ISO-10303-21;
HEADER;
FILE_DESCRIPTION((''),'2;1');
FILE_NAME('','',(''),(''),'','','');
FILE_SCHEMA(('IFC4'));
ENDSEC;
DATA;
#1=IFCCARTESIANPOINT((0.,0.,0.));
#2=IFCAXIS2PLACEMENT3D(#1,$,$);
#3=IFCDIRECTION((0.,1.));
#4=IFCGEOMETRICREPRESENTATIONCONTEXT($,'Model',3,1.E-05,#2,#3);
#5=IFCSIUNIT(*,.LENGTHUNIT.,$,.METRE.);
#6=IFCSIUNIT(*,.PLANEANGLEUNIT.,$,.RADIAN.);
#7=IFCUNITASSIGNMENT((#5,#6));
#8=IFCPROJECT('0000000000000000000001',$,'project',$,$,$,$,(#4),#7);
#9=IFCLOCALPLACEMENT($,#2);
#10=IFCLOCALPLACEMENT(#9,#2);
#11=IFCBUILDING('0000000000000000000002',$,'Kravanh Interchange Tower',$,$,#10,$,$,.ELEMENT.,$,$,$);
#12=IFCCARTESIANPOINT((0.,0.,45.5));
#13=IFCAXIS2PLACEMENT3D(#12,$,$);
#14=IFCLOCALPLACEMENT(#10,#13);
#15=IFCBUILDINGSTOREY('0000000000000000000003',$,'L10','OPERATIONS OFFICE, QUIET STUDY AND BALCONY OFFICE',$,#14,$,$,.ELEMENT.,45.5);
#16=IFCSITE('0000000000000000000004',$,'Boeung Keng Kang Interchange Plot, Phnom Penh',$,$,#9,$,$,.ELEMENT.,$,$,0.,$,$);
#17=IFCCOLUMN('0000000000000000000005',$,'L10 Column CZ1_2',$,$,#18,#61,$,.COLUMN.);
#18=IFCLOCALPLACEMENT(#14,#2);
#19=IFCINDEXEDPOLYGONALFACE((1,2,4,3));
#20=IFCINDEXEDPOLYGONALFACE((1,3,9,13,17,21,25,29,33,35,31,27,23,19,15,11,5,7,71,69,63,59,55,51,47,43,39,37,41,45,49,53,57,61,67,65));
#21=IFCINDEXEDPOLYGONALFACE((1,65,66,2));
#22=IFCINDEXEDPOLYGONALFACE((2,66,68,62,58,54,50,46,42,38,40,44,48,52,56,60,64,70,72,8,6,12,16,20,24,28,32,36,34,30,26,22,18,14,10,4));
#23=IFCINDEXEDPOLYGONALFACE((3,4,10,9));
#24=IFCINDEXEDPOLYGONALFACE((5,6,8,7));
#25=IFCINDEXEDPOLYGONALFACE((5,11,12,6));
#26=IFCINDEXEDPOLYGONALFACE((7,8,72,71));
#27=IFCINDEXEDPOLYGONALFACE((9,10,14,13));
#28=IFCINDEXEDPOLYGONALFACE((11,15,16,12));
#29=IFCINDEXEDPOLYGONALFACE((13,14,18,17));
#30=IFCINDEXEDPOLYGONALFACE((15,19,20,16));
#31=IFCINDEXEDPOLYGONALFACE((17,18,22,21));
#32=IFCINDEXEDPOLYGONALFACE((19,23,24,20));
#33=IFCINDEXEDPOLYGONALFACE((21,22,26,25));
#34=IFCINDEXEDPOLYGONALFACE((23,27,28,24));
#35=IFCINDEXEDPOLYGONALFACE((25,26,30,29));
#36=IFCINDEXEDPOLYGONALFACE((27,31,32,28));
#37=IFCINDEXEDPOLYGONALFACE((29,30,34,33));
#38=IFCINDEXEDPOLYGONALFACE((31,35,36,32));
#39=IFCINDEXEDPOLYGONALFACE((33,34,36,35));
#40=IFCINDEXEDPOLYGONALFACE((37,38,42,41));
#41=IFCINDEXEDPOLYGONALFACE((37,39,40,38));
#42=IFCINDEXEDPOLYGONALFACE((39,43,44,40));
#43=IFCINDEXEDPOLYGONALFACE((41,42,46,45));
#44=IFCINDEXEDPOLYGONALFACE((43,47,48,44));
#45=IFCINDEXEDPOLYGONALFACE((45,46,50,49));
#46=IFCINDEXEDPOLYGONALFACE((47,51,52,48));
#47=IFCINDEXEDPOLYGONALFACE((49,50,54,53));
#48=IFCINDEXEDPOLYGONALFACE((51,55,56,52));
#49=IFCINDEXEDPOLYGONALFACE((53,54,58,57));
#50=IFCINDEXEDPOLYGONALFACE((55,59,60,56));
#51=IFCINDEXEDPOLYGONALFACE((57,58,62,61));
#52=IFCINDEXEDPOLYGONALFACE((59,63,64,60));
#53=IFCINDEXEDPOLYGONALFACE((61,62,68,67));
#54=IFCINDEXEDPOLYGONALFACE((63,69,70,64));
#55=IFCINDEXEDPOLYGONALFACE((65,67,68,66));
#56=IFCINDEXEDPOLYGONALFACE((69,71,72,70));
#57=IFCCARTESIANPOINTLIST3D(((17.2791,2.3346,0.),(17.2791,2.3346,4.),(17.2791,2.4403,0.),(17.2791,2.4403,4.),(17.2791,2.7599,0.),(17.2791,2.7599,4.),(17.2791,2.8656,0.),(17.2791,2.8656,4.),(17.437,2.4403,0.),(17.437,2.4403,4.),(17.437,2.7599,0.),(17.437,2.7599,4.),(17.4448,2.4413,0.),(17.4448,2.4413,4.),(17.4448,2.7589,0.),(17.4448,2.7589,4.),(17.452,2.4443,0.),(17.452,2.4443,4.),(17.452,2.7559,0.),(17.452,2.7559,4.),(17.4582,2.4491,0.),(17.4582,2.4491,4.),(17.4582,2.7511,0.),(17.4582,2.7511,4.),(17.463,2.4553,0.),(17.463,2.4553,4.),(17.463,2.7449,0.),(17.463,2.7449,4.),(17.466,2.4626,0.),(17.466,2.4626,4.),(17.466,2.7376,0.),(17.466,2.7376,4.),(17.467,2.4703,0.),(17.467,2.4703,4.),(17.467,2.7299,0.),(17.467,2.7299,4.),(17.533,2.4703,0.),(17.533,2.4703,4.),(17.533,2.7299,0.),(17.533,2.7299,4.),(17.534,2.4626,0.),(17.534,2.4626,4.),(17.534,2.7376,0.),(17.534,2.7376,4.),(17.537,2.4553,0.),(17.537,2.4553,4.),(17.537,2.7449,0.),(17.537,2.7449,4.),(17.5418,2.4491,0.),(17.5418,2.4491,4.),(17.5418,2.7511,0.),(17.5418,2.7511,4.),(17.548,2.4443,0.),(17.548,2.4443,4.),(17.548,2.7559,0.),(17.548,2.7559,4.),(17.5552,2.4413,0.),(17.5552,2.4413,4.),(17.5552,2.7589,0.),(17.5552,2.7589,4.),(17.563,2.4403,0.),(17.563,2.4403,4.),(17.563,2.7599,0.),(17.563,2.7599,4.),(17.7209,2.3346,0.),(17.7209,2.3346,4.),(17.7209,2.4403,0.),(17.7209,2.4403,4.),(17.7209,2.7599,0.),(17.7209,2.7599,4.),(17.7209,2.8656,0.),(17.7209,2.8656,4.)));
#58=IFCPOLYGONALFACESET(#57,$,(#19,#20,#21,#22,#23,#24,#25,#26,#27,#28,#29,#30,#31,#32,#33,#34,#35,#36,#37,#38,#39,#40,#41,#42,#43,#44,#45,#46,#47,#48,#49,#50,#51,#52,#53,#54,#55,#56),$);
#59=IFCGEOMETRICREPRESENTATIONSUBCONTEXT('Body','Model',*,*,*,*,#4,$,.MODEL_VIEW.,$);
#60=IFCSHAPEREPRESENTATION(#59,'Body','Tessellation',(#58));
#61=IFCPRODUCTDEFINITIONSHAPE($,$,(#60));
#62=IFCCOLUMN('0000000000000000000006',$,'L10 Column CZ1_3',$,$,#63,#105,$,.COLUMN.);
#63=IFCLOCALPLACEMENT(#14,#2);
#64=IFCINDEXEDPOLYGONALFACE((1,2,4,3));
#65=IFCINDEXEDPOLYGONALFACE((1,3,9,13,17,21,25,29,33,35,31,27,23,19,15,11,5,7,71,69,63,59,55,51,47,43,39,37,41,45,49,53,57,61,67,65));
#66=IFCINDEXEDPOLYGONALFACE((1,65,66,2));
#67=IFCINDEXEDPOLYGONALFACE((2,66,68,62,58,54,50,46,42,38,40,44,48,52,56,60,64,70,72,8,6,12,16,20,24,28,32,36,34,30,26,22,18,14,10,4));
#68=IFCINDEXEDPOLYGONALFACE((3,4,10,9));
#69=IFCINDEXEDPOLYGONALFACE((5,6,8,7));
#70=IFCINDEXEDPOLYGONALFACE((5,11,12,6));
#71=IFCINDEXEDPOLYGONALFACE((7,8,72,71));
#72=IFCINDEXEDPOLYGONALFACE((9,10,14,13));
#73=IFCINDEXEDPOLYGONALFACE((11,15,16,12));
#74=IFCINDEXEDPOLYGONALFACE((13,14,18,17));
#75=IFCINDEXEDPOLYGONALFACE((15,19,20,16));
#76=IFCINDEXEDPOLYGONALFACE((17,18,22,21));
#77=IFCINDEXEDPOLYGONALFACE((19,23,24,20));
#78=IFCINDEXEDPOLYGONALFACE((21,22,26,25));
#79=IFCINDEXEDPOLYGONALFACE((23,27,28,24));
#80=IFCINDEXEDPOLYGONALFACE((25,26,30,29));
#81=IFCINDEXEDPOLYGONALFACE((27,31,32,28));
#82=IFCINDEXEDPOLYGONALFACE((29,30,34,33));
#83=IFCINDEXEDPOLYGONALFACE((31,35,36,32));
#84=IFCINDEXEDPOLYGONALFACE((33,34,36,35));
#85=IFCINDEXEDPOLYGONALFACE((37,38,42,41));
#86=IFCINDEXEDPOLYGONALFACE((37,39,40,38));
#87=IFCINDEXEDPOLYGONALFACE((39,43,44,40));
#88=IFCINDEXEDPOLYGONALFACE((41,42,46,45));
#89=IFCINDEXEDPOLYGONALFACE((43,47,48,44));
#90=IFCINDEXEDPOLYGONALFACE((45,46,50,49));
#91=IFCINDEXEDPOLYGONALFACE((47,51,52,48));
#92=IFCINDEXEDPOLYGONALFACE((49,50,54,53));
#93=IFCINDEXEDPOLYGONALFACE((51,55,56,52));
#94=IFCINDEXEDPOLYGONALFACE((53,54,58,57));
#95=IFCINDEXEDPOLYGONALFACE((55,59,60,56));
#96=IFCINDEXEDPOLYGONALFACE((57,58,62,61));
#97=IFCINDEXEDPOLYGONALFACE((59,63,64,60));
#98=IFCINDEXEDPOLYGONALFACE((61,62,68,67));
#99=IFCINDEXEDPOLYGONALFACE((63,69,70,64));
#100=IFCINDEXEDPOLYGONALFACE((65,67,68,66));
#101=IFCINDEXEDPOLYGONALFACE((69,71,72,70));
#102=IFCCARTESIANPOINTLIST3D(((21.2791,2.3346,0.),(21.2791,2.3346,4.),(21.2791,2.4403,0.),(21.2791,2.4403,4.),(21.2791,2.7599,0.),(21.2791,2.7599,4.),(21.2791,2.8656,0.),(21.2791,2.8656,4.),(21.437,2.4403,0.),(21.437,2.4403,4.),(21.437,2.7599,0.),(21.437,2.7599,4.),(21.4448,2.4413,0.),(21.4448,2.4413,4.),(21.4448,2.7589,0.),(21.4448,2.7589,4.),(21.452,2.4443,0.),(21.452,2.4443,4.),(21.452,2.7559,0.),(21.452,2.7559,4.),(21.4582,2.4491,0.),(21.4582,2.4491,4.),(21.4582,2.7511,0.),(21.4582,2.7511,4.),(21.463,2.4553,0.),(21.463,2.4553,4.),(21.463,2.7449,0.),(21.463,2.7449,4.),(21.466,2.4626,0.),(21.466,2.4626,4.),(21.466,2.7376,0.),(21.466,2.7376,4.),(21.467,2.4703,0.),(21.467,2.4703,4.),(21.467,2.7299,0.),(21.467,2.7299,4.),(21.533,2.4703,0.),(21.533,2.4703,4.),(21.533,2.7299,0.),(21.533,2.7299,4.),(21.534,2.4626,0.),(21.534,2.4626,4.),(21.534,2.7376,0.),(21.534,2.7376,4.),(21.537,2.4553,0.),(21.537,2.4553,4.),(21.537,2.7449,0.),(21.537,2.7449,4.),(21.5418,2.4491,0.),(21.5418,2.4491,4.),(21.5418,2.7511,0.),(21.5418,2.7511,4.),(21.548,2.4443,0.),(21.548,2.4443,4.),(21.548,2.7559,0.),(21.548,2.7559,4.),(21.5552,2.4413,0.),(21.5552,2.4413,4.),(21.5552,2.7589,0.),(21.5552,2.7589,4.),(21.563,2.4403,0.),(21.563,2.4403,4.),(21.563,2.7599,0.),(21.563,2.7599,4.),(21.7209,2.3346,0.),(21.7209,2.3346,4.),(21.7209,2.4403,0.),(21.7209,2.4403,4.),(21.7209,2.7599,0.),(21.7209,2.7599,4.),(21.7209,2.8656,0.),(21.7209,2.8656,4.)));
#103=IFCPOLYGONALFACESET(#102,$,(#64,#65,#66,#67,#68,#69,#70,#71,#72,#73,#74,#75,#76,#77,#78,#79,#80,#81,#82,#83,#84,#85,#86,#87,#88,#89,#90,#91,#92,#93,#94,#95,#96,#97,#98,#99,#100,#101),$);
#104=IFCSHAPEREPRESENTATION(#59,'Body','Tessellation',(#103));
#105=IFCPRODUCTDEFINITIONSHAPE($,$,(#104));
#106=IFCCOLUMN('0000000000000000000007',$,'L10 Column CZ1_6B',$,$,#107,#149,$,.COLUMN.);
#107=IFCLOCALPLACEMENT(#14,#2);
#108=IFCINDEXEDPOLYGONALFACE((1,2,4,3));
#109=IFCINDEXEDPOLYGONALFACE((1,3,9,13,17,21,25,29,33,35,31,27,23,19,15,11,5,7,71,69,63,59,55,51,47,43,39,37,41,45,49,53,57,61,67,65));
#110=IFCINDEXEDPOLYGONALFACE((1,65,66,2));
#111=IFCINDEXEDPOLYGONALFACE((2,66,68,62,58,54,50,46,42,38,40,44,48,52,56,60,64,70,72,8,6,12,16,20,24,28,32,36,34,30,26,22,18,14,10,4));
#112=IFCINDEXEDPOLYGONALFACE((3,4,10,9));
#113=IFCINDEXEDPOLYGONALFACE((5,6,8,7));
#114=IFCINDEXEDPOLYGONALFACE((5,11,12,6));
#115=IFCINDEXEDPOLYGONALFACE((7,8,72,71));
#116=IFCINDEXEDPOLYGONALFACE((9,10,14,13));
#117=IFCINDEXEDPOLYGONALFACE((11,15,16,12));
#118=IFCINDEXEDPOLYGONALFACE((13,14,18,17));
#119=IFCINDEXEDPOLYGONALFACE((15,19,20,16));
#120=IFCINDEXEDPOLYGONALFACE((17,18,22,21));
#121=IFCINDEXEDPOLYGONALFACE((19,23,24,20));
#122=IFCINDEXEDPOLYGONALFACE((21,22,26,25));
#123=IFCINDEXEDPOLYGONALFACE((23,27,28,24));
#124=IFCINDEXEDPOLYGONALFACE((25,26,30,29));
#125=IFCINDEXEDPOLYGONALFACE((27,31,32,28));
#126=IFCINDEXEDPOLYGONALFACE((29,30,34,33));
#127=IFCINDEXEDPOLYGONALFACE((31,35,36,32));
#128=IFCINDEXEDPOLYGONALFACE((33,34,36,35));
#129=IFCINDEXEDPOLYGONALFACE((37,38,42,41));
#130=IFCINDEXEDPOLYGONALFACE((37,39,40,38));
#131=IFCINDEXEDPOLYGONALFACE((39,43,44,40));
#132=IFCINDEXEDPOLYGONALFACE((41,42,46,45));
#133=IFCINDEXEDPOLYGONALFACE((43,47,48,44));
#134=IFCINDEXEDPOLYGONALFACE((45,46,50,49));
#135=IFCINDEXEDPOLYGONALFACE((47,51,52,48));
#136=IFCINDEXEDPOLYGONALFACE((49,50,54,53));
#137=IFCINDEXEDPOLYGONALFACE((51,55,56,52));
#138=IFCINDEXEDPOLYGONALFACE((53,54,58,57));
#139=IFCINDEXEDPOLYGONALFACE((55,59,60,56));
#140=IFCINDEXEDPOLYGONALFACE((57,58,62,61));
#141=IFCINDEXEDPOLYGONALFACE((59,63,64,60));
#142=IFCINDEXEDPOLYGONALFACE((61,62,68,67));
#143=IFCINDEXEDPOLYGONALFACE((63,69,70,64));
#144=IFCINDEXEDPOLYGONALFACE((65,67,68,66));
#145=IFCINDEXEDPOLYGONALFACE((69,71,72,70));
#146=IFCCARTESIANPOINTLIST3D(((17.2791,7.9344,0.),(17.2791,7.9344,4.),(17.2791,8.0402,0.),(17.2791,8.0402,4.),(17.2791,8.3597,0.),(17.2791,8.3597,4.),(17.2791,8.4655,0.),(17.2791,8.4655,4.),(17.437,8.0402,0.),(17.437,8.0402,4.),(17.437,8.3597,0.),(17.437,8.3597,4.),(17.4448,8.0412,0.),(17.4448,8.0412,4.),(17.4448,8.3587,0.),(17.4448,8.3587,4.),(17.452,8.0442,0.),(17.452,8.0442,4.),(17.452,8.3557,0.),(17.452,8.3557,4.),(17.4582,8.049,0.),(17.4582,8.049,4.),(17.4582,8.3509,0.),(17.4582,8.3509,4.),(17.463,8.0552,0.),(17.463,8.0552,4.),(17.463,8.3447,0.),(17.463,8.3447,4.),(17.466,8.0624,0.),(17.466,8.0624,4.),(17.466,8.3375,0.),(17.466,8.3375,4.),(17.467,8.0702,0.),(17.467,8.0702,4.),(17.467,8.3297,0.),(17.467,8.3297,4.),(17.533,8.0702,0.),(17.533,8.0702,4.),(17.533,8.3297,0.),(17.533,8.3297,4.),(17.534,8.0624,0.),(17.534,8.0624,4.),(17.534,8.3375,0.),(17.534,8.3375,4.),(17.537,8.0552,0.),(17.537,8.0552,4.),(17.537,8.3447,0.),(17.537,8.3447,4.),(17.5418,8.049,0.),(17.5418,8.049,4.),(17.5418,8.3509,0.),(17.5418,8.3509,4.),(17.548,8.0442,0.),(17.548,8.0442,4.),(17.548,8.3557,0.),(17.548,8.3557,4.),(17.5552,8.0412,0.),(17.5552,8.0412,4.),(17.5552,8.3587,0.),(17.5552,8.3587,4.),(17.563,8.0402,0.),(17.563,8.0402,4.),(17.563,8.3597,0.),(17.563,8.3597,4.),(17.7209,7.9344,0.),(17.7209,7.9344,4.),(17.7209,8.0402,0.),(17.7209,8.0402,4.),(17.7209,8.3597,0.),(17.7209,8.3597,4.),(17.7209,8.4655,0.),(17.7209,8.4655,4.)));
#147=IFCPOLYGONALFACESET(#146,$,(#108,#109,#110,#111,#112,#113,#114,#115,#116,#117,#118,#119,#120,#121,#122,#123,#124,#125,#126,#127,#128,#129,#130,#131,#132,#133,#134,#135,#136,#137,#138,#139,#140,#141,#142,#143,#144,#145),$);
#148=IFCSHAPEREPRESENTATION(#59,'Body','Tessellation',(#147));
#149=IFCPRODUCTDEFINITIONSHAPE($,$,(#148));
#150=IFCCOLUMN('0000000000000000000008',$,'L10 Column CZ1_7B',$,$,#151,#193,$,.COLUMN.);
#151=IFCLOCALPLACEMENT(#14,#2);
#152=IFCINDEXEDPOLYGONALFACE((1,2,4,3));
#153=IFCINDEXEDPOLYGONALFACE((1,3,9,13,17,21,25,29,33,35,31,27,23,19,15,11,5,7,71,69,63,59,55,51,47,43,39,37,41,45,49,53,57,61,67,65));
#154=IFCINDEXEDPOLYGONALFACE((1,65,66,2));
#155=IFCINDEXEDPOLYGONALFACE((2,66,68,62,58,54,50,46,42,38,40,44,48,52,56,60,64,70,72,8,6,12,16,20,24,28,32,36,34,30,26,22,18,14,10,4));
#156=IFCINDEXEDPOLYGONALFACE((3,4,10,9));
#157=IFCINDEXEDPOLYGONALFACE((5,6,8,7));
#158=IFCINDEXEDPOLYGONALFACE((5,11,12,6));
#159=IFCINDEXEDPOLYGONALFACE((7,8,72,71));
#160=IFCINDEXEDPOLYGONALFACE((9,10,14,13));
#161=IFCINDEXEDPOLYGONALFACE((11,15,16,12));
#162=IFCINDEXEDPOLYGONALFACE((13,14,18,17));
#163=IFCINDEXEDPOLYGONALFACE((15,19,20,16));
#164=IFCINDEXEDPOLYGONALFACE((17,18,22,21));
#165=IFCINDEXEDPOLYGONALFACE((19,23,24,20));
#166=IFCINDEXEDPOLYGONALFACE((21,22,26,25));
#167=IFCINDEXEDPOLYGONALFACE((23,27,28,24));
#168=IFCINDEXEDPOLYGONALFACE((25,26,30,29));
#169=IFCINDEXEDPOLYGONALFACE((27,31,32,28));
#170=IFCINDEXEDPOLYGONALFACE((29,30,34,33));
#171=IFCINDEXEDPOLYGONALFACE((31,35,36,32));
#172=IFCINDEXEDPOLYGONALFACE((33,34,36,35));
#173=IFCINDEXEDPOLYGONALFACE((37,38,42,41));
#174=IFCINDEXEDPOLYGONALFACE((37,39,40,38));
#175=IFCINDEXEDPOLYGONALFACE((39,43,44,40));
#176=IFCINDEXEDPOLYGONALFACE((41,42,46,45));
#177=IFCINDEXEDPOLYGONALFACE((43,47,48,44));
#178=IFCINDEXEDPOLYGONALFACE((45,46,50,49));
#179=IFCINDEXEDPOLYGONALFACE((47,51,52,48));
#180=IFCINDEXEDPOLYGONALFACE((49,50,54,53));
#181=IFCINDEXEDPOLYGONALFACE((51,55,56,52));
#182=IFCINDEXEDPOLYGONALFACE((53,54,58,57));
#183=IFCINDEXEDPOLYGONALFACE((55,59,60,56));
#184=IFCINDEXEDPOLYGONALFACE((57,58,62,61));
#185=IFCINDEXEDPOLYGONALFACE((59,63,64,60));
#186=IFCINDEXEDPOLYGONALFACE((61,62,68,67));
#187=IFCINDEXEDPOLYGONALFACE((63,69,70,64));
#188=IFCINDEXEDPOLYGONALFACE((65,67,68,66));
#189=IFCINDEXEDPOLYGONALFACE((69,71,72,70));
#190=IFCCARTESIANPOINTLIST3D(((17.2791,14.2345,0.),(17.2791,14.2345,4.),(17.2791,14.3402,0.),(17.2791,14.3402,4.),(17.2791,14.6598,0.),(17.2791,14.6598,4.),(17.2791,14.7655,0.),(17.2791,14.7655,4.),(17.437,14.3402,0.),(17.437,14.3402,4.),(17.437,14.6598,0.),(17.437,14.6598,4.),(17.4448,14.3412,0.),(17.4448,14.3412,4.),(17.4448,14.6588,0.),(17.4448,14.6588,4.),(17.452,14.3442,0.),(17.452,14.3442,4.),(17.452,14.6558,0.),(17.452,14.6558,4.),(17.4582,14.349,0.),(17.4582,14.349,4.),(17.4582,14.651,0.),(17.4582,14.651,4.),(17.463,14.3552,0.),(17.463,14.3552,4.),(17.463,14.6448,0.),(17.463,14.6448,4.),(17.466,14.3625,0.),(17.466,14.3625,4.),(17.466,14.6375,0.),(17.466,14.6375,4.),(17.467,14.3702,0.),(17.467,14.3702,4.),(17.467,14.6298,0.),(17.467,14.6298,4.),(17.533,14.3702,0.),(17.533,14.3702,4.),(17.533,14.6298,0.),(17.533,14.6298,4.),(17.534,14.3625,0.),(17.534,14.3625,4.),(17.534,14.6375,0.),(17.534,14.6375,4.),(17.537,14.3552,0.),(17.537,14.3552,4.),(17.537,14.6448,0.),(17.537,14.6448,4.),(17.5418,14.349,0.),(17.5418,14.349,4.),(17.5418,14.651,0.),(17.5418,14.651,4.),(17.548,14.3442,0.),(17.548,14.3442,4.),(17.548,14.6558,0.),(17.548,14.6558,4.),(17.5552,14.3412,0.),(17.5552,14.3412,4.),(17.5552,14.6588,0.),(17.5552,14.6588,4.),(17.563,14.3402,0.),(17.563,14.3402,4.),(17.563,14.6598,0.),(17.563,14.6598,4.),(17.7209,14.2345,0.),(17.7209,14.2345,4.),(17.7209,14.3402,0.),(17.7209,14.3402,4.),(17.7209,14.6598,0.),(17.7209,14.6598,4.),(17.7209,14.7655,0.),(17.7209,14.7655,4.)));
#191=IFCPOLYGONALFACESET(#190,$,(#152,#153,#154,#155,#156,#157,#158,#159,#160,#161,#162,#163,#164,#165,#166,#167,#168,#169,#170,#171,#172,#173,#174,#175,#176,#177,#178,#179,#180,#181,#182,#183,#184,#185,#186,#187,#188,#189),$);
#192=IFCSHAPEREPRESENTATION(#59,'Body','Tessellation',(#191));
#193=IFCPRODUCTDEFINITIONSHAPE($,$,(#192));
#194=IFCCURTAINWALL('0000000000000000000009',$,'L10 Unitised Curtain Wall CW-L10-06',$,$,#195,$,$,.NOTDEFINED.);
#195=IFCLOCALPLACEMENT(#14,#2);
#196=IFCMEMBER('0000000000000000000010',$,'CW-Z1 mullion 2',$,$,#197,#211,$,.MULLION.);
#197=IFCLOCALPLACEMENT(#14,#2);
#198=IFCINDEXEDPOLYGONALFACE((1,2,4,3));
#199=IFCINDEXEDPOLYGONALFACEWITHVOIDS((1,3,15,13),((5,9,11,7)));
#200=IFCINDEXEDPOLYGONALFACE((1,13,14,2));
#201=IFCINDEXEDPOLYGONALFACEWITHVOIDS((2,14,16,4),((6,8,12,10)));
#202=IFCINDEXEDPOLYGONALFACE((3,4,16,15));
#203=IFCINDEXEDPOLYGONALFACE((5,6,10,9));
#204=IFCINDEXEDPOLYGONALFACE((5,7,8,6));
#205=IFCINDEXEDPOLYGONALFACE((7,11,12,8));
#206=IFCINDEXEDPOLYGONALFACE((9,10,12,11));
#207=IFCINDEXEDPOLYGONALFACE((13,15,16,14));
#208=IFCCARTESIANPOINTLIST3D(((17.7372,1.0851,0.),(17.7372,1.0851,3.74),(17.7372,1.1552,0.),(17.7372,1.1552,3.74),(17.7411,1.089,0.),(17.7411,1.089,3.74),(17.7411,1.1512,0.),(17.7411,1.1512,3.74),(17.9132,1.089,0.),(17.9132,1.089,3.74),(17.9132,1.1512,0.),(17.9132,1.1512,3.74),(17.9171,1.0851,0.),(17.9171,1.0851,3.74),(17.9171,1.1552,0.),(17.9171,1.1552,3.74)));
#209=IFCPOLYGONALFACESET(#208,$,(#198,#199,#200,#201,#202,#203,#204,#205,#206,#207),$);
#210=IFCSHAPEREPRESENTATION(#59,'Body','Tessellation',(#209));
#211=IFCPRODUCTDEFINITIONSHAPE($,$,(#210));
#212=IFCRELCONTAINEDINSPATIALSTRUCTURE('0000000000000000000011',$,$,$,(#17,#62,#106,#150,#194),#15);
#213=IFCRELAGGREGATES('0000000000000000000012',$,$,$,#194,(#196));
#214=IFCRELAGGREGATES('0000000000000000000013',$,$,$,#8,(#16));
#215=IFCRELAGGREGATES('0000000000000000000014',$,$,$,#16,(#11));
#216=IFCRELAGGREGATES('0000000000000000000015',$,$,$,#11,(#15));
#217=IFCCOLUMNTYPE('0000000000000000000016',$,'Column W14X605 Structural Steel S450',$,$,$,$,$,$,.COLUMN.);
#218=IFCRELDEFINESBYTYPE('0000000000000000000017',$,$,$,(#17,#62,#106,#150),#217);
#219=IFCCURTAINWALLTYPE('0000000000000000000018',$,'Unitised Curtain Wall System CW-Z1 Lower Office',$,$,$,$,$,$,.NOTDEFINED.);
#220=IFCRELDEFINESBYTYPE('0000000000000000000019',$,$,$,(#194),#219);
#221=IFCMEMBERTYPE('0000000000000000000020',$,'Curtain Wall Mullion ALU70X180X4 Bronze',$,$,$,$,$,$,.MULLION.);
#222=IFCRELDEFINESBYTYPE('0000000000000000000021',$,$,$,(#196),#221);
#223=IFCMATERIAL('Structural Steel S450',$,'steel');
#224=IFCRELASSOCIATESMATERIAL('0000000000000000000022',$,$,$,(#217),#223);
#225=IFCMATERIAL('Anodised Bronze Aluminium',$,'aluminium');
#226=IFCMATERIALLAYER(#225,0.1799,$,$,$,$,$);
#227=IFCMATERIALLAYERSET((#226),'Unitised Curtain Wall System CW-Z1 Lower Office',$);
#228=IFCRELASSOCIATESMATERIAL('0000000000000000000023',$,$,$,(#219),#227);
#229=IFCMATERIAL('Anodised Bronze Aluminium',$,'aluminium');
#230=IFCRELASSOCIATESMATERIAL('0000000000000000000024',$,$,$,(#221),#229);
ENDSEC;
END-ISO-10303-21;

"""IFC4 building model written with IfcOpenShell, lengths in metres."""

from ifc_helpers import new_model, si_unit, direction, frame, origin, origin_2d, place, context, subcontext, project, spatial, hollow_rectangle, i_section, extrude, material, layer, layer_set, material_profile, profile_set, type_object, element, aggregate, save


model = new_model("IFC4")

# Units and contexts
model_context = context("Model", 3, precision=1e-05, world=origin(), true_north=direction((0.0, 1.0)))
body_context = subcontext(model_context, "Body", "Model", "MODEL_VIEW")
ifc_project = project(units=[si_unit("LENGTHUNIT", "METRE"), si_unit("PLANEANGLEUNIT", "RADIAN")], contexts=[model_context])

# Site, building, storey
site_placement = place(None, origin())
site = spatial("IfcSite", under=ifc_project, at=site_placement, Name="Boeung Keng Kang Interchange Plot, Phnom Penh", CompositionType="ELEMENT", RefElevation=0.0)
building_placement = place(site_placement, origin())
building = spatial("IfcBuilding", under=site, at=building_placement, Name="Kravanh Interchange Tower", CompositionType="ELEMENT")
storey_placement = place(building_placement, frame((0.0, 0.0, 45.5)))
storey = spatial("IfcBuildingStorey", under=building, at=storey_placement, Name="L10", Description="OPERATIONS OFFICE, QUIET STUDY AND BALCONY OFFICE", CompositionType="ELEMENT", Elevation=45.5)

# Columns
ifc_material_1 = material(Name="Structural Steel S450", Category="steel")
ifc_material_profile_1 = material_profile(ifc_material_1, i_section(OverallWidth=0.4419, OverallDepth=0.531, WebThickness=0.0659, FlangeThickness=0.1057, FilletRadius=0.03, at=origin_2d()), Name="W14X605")
ifc_profile_set_1 = profile_set([ifc_material_profile_1], Name="Structural Steel S450")
column_type = type_object("IfcColumnType", Name="Column W14X605 Structural Steel S450", PredefinedType="COLUMN", material=ifc_profile_set_1)
for number, where, z_axis, x_axis, name in (
    (1, (17.5, 2.6001, 0.0), (0.0, 0.0, 1.0), (1.0, 0.0, 0.0), "L10 Column CZ1_2"),
    (2, (21.5, 2.6001, 0.0), (0.0, 0.0, 1.0), (1.0, 0.0, 0.0), "L10 Column CZ1_3"),
    (3, (17.5, 8.2, 0.0), (0.0, 0.0, 1.0), (1.0, 0.0, 0.0), "L10 Column CZ1_6B"),
    (4, (17.5, 14.5, 0.0), (0.0, 0.0, 1.0), (1.0, 0.0, 0.0), "L10 Column CZ1_7B"),
):
    element("IfcColumn", number, at=place(storey_placement, frame(where, z_axis=z_axis, x_axis=x_axis)), inside=storey, type_object=column_type, Name=name, PredefinedType="COLUMN", context=body_context, shape_type="SweptSolid", body=[
        extrude(i_section(OverallWidth=0.4419, OverallDepth=0.531, WebThickness=0.0659, FlangeThickness=0.1057, FilletRadius=0.03, at=origin_2d()), origin(), (0.0, 0.0, 1.0), 4.0),
    ])

# Curtain wall, member
ifc_material_2 = material(Name="Anodised Bronze Aluminium", Category="aluminium")
ifc_layer_1 = layer(ifc_material_2, 0.1799)
ifc_layer_set_1 = layer_set([ifc_layer_1], Name="Unitised Curtain Wall System CW-Z1 Lower Office")
curtain_wall_type = type_object("IfcCurtainWallType", Name="Unitised Curtain Wall System CW-Z1 Lower Office", PredefinedType="NOTDEFINED", material=ifc_layer_set_1)
curtain_wall_placement = place(storey_placement, origin())
curtain_wall = element("IfcCurtainWall", 5, at=curtain_wall_placement, inside=storey, type_object=curtain_wall_type, Name="L10 Unitised Curtain Wall CW-L10-06", PredefinedType="NOTDEFINED")
ifc_material_3 = material(Name="Anodised Bronze Aluminium", Category="aluminium")
ifc_material_profile_2 = material_profile(ifc_material_3, hollow_rectangle(XDim=0.0701, YDim=0.1799, WallThickness=0.0039, at=origin_2d()), Name="ALU70X180X4")
ifc_profile_set_2 = profile_set([ifc_material_profile_2], Name="Anodised Bronze Aluminium")
member_type_1 = type_object("IfcMemberType", Name="Curtain Wall Mullion ALU70X180X4 Bronze", PredefinedType="MULLION", material=ifc_profile_set_2)
member_1_placement = place(storey_placement, frame((17.8271, 1.1201, 0.0), z_axis=(0.0, 0.0, 1.0), x_axis=(0.0, -1.0, 0.0)))
member_1 = element("IfcMember", 6, at=member_1_placement, type_object=member_type_1, Name="CW-Z1 mullion 2", PredefinedType="MULLION", context=body_context, shape_type="SweptSolid", body=[
    extrude(hollow_rectangle(XDim=0.0701, YDim=0.1799, WallThickness=0.0039, at=origin_2d()), origin(), (0.0, 0.0, 1.0), 3.74),
])

aggregate(curtain_wall, [member_1])

save(model, "model.ifc")
